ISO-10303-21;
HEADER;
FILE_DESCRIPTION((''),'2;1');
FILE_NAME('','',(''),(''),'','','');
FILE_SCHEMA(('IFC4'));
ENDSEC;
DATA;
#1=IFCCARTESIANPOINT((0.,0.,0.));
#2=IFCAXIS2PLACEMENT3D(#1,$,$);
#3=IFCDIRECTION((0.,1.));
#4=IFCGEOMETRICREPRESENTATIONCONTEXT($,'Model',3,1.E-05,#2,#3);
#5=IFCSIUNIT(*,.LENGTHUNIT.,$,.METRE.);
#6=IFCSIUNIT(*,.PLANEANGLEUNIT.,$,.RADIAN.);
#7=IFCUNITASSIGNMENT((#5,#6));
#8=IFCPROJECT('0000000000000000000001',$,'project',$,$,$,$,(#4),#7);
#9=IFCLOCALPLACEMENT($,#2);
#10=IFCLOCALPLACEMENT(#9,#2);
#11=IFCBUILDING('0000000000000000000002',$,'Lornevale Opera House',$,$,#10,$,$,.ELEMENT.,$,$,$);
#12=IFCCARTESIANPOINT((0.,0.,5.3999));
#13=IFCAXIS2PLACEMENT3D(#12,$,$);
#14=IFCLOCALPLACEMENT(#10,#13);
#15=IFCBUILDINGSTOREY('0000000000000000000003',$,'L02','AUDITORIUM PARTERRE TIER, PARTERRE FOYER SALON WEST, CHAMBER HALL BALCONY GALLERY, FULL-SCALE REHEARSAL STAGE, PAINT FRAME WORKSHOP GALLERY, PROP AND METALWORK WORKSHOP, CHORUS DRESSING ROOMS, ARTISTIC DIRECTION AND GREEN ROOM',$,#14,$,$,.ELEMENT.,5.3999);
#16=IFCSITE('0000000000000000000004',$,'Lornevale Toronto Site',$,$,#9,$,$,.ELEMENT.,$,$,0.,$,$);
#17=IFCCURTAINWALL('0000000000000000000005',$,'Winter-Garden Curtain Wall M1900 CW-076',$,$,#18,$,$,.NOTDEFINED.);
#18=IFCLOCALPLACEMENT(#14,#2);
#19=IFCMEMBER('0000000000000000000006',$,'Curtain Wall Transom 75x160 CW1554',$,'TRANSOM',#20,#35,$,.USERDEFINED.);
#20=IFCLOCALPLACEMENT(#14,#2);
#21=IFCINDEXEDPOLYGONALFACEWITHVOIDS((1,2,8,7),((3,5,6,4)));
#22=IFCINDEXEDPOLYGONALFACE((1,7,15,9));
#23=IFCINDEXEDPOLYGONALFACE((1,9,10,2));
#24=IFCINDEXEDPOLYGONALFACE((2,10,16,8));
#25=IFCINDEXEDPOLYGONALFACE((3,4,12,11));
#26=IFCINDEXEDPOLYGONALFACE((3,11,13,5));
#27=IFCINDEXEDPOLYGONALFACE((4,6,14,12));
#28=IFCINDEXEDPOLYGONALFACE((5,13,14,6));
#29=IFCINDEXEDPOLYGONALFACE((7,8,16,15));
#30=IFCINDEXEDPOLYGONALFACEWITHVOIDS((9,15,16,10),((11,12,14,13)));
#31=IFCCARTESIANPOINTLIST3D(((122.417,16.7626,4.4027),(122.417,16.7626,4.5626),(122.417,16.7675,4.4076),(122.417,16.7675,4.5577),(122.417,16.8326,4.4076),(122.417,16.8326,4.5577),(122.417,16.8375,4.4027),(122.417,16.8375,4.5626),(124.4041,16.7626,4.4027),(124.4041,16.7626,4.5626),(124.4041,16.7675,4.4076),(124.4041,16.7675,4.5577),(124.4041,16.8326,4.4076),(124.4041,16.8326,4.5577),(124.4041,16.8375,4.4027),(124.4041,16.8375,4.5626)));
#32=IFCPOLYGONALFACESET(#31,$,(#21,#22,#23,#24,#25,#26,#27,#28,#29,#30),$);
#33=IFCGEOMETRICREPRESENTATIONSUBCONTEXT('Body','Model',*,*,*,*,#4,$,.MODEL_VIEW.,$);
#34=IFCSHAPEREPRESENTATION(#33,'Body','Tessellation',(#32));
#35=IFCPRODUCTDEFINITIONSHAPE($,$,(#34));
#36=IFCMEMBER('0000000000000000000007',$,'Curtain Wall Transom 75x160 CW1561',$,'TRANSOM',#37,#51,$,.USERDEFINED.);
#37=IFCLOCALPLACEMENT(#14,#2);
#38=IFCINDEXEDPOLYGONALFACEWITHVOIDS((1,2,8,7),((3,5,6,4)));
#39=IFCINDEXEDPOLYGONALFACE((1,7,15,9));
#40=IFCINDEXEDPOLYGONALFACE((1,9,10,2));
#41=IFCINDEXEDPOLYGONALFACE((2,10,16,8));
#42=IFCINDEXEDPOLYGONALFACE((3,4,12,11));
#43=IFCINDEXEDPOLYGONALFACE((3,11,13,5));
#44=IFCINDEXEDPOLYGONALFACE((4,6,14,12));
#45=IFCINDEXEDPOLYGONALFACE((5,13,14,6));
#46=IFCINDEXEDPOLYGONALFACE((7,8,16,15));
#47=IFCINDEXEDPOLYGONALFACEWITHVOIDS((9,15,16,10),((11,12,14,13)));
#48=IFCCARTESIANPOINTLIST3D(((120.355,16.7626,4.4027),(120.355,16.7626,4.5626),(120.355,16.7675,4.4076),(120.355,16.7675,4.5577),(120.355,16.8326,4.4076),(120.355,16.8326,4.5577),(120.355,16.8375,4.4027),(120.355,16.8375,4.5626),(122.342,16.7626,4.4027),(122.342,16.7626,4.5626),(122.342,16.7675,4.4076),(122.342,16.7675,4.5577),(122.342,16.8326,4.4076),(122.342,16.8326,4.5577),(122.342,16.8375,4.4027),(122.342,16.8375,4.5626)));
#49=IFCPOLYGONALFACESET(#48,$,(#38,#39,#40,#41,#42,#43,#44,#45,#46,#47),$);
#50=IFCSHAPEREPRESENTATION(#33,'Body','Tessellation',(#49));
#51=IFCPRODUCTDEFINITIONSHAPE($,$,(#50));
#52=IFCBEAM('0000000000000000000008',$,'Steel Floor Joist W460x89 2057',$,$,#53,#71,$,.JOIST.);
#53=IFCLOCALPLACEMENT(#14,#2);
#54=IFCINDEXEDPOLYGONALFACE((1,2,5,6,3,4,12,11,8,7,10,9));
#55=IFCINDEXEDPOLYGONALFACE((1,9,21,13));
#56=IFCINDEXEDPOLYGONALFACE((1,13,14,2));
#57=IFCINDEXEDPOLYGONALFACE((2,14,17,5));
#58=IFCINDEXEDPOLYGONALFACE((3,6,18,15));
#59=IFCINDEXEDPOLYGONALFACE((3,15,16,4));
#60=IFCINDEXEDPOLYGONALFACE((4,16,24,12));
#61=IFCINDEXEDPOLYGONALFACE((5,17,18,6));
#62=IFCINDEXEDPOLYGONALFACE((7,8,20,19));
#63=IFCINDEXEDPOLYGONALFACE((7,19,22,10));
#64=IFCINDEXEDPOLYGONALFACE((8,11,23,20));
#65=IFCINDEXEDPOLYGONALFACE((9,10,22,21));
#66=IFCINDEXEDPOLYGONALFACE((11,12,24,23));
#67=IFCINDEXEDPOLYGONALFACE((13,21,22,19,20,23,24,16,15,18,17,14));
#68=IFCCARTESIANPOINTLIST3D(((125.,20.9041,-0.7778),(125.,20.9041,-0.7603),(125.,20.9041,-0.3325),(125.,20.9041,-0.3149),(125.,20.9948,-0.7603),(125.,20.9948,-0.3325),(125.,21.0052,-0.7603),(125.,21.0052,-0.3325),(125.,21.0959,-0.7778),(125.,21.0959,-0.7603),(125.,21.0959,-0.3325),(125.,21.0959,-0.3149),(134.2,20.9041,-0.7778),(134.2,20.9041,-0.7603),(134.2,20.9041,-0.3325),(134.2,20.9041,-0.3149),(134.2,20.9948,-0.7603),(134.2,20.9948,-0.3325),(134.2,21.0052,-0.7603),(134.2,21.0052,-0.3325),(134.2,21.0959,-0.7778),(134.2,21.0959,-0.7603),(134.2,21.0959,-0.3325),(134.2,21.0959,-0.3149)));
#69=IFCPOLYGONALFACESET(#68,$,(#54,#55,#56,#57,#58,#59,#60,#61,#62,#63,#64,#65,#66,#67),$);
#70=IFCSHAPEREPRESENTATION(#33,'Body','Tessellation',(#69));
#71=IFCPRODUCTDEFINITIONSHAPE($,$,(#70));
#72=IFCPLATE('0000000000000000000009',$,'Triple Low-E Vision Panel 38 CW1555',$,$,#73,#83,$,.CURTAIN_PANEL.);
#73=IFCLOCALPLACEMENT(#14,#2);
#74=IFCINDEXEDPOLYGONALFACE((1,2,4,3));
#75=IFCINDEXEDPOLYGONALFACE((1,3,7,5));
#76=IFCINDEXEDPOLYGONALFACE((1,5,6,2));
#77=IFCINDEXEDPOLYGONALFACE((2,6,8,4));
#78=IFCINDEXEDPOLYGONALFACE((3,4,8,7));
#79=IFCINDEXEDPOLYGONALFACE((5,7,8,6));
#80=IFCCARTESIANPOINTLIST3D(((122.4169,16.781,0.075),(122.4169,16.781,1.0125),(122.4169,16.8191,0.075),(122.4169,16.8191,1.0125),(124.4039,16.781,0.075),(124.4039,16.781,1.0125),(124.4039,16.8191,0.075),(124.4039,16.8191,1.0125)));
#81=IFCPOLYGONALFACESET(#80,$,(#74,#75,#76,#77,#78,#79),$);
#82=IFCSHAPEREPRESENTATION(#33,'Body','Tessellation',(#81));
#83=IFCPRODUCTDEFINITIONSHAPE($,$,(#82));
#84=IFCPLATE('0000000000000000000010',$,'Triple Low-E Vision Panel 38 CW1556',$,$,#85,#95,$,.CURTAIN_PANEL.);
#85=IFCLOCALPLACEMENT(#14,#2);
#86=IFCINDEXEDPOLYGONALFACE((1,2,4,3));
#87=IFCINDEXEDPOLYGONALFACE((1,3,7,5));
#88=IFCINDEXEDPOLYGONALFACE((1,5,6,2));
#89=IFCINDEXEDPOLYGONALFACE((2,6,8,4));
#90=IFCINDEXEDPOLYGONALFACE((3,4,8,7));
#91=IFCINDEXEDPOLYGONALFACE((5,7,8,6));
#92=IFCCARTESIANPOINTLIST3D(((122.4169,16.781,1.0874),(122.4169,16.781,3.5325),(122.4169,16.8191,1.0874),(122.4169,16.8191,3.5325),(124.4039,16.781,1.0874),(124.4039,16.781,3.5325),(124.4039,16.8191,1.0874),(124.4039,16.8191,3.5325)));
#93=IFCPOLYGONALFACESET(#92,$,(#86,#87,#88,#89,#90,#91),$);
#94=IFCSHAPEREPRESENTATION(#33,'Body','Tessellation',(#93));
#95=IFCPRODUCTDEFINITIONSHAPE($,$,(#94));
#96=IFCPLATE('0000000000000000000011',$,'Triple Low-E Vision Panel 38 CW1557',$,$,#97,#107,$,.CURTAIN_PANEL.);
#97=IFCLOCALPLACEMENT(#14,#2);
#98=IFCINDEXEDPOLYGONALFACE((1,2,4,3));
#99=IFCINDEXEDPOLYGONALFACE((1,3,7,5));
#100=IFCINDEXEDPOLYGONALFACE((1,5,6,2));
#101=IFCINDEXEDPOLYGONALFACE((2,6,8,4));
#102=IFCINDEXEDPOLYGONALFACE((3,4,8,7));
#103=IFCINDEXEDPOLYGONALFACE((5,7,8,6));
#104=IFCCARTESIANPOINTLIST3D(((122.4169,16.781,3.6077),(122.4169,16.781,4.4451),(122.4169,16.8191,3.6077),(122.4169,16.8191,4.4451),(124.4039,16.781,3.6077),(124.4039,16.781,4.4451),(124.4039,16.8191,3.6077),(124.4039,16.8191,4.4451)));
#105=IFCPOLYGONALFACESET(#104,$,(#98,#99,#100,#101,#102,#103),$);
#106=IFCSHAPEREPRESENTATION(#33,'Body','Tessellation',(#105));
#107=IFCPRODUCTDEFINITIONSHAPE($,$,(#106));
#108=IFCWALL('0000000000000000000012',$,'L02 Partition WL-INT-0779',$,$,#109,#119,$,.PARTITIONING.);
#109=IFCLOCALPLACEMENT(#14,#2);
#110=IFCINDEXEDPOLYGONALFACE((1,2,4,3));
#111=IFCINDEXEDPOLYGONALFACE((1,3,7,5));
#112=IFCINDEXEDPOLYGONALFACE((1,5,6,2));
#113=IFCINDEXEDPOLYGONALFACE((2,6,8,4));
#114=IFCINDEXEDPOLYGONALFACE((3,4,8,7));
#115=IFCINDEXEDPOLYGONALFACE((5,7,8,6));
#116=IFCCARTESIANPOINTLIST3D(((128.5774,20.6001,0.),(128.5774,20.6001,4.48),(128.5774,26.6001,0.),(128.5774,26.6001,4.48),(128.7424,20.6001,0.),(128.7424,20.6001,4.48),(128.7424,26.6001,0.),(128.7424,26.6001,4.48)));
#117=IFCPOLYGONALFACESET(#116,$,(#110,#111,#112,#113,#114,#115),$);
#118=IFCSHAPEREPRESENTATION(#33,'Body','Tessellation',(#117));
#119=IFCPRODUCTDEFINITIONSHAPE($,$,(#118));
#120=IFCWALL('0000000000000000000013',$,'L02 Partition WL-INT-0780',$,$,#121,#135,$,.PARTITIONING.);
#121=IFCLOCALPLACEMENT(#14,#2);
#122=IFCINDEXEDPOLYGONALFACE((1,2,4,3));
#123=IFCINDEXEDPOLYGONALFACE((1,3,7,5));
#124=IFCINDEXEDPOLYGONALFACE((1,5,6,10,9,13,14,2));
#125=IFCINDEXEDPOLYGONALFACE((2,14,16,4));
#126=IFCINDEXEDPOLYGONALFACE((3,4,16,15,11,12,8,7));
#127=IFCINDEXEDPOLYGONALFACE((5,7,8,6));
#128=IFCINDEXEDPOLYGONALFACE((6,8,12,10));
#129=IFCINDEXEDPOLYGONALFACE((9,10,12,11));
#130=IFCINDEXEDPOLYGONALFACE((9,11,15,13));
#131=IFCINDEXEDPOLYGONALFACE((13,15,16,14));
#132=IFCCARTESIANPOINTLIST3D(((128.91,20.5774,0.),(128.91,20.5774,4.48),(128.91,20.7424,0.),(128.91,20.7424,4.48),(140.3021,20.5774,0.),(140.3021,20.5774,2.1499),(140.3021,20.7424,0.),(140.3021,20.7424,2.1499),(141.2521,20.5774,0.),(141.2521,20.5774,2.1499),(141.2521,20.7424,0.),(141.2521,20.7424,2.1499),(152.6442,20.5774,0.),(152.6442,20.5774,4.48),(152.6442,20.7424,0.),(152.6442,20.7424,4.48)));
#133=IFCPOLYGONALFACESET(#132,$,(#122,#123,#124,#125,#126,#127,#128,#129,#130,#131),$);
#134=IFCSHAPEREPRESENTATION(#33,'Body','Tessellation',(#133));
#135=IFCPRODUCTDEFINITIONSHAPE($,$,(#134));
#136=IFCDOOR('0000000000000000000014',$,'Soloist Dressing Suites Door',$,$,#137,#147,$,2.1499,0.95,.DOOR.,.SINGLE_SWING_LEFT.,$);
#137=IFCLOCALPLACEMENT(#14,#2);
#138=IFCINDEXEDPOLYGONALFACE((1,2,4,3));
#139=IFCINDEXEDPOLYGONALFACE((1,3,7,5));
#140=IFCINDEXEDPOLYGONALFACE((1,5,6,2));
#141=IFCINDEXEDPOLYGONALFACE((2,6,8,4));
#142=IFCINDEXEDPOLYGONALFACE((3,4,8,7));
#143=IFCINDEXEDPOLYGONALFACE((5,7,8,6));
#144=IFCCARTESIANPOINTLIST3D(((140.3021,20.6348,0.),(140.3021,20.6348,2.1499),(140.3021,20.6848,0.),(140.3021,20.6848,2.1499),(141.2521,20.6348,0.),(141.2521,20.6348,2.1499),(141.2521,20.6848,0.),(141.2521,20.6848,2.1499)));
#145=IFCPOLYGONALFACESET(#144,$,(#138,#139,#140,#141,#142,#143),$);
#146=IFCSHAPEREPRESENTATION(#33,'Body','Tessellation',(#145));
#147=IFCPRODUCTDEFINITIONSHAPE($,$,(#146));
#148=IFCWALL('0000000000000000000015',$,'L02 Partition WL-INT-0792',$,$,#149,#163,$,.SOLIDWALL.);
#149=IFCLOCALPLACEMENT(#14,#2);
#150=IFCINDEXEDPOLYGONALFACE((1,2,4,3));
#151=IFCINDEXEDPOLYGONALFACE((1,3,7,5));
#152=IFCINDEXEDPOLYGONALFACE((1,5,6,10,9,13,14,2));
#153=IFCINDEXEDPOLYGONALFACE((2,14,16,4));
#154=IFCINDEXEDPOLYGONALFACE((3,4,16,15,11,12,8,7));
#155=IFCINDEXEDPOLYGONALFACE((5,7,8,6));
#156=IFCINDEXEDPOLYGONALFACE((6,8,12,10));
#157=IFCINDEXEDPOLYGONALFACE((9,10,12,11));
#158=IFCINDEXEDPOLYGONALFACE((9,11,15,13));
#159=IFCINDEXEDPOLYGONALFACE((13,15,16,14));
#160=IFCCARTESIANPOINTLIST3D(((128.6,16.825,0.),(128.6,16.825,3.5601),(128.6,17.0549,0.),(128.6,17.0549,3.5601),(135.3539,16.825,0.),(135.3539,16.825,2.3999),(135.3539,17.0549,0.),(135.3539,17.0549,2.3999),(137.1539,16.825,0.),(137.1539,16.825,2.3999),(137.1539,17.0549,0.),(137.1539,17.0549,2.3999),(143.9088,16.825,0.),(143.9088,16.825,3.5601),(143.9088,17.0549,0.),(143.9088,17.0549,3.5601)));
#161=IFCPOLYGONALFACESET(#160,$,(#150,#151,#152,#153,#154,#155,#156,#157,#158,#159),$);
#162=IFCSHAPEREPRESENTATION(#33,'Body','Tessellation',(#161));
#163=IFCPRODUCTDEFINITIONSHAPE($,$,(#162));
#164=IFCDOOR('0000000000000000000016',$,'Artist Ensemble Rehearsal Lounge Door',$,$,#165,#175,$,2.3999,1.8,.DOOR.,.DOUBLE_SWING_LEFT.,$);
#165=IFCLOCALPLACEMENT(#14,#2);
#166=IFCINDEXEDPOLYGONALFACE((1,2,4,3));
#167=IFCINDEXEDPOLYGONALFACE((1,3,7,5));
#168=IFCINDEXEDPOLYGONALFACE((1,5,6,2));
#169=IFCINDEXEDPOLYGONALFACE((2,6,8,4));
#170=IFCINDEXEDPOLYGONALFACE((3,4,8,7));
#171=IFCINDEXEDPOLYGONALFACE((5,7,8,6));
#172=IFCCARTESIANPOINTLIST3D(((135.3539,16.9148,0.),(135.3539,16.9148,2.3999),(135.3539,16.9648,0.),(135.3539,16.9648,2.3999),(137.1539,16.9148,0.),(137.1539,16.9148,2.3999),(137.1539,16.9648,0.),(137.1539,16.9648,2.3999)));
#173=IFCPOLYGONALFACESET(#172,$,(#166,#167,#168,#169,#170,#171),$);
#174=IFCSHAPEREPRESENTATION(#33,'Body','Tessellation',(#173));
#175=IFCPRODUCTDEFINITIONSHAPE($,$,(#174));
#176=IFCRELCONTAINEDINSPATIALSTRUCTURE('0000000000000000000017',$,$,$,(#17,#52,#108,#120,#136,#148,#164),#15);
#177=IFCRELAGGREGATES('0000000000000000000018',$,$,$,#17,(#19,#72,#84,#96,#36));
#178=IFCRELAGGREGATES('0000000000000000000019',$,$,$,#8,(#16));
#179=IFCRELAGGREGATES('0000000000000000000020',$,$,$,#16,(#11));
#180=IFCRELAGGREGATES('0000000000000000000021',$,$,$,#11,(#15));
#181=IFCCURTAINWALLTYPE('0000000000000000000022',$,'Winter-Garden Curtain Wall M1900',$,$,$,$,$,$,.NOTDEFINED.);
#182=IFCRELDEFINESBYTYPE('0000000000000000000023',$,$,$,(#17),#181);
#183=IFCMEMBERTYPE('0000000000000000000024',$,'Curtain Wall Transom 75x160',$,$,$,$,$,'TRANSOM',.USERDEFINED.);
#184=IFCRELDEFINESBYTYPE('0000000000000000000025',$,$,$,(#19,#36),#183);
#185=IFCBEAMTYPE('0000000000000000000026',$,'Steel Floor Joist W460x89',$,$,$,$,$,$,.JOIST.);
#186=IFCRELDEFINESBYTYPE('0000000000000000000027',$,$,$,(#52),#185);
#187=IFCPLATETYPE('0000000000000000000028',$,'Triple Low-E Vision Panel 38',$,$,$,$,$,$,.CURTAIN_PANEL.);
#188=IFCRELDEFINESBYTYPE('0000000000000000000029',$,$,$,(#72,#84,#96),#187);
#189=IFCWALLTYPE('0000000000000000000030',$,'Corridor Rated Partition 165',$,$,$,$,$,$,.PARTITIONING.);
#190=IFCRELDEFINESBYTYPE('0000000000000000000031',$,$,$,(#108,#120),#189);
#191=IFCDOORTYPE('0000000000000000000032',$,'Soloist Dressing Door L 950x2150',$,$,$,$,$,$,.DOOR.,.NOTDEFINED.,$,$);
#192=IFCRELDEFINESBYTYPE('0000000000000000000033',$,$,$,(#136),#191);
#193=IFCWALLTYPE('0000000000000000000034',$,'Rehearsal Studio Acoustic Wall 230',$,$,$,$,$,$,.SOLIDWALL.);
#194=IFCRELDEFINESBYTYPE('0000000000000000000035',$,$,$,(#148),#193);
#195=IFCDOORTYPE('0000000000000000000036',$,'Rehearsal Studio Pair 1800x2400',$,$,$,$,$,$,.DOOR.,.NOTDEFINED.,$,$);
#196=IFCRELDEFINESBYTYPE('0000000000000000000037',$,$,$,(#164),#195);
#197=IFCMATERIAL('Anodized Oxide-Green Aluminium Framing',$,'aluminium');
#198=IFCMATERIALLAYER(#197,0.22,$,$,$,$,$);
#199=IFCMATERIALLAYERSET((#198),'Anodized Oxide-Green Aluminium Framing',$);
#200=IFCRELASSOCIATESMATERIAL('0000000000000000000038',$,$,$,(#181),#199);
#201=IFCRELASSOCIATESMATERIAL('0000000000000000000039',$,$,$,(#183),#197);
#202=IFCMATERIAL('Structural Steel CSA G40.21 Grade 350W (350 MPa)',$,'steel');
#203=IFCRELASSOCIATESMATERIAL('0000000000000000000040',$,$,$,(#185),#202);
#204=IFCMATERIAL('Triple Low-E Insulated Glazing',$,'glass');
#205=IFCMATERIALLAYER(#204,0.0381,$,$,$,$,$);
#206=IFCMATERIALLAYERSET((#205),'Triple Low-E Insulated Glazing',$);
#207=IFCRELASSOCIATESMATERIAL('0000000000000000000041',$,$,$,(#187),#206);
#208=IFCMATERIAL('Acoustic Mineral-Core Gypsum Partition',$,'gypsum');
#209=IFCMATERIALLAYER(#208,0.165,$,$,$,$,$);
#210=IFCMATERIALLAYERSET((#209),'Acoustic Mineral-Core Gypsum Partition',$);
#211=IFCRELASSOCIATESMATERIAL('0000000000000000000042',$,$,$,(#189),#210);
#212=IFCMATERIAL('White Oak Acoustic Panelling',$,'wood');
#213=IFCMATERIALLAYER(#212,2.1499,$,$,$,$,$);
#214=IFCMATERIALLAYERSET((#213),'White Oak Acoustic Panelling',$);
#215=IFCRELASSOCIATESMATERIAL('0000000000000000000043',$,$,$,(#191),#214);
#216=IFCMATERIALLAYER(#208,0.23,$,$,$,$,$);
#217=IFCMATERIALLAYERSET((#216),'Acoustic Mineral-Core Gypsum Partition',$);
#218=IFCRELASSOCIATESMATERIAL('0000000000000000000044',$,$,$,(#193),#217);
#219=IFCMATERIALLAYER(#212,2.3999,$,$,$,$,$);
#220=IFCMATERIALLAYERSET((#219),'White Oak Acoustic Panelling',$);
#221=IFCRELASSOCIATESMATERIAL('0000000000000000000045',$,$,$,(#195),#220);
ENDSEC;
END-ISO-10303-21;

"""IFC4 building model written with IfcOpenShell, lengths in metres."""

from ifc_helpers import new_model, si_unit, direction, frame, frame_2d, origin, origin_2d, place, context, subcontext, project, spatial, rectangle, hollow_rectangle, i_section, extrude, material, layer, layer_set, material_profile, profile_set, type_object, element, fill, aggregate, save


model = new_model("IFC4")

# Units and contexts
model_context = context("Model", 3, precision=1e-05, world=origin(), true_north=direction((0.0, 1.0)))
body_context = subcontext(model_context, "Body", "Model", "MODEL_VIEW")
ifc_project = project(units=[si_unit("LENGTHUNIT", "METRE"), si_unit("PLANEANGLEUNIT", "RADIAN")], contexts=[model_context])

# Site, building, storey
site_placement = place(None, origin())
site = spatial("IfcSite", under=ifc_project, at=site_placement, Name="Lornevale Toronto Site", CompositionType="ELEMENT", RefElevation=0.0)
building_placement = place(site_placement, origin())
building = spatial("IfcBuilding", under=site, at=building_placement, Name="Lornevale Opera House", CompositionType="ELEMENT")
storey_placement = place(building_placement, frame((0.0, 0.0, 5.3999)))
storey = spatial("IfcBuildingStorey", under=building, at=storey_placement, Name="L02", Description="AUDITORIUM PARTERRE TIER, PARTERRE FOYER SALON WEST, CHAMBER HALL BALCONY GALLERY, FULL-SCALE REHEARSAL STAGE, PAINT FRAME WORKSHOP GALLERY, PROP AND METALWORK WORKSHOP, CHORUS DRESSING ROOMS, ARTISTIC DIRECTION AND GREEN ROOM", CompositionType="ELEMENT", Elevation=5.3999)

# Curtain wall, members
ifc_material_1 = material(Name="Anodized Oxide-Green Aluminium Framing", Category="aluminium")
ifc_layer_1 = layer(ifc_material_1, 0.22)
ifc_layer_set_1 = layer_set([ifc_layer_1], Name="Anodized Oxide-Green Aluminium Framing")
curtain_wall_type = type_object("IfcCurtainWallType", Name="Winter-Garden Curtain Wall M1900", PredefinedType="NOTDEFINED", material=ifc_layer_set_1)
curtain_wall_placement = place(storey_placement, origin())
curtain_wall = element("IfcCurtainWall", 1, at=curtain_wall_placement, inside=storey, type_object=curtain_wall_type, Name="Winter-Garden Curtain Wall M1900 CW-076", PredefinedType="NOTDEFINED")
ifc_material_profile_1 = material_profile(ifc_material_1, hollow_rectangle(XDim=0.075, YDim=0.1599, WallThickness=0.0049, at=origin_2d()), Name="ALU75x160x5")
ifc_profile_set_1 = profile_set([ifc_material_profile_1], Name="Anodized Oxide-Green Aluminium Framing")
member_type_1 = type_object("IfcMemberType", Name="Curtain Wall Transom 75x160", ElementType="TRANSOM", PredefinedType="USERDEFINED", material=ifc_profile_set_1)
member_1_placement = place(storey_placement, frame((124.4041, 16.8, 4.4827), z_axis=(-1.0, 0.0, 0.0), x_axis=(0.0, -1.0, 0.0)))
member_1 = element("IfcMember", 2, at=member_1_placement, type_object=member_type_1, Name="Curtain Wall Transom 75x160 CW1554", ObjectType="TRANSOM", PredefinedType="USERDEFINED", context=body_context, shape_type="SweptSolid", body=[
    extrude(hollow_rectangle(XDim=0.075, YDim=0.1599, WallThickness=0.0049, at=origin_2d()), origin(), (0.0, 0.0, 1.0), 1.9871),
])
member_2_placement = place(storey_placement, frame((122.342, 16.8, 4.4827), z_axis=(-1.0, 0.0, 0.0), x_axis=(0.0, -1.0, 0.0)))
member_2 = element("IfcMember", 3, at=member_2_placement, type_object=member_type_1, Name="Curtain Wall Transom 75x160 CW1561", ObjectType="TRANSOM", PredefinedType="USERDEFINED", context=body_context, shape_type="SweptSolid", body=[
    extrude(hollow_rectangle(XDim=0.075, YDim=0.1599, WallThickness=0.0049, at=origin_2d()), origin(), (0.0, 0.0, 1.0), 1.9871),
])

# Beam
ifc_material_2 = material(Name="Structural Steel CSA G40.21 Grade 350W (350 MPa)", Category="steel")
ifc_material_profile_2 = material_profile(ifc_material_2, i_section(OverallWidth=0.1919, OverallDepth=0.4629, WebThickness=0.0105, FlangeThickness=0.0176, at=origin_2d()), Name="W460x89")
ifc_profile_set_2 = profile_set([ifc_material_profile_2], Name="Structural Steel CSA G40.21 Grade 350W (350 MPa)")
beam_type_1 = type_object("IfcBeamType", Name="Steel Floor Joist W460x89", PredefinedType="JOIST", material=ifc_profile_set_2)
beam_1_placement = place(storey_placement, frame((125.0, 21.0, -0.5464), z_axis=(1.0, 0.0, 0.0), x_axis=(0.0, 1.0, 0.0)))
element("IfcBeam", 4, at=beam_1_placement, inside=storey, type_object=beam_type_1, Name="Steel Floor Joist W460x89 2057", PredefinedType="JOIST", context=body_context, shape_type="SweptSolid", body=[
    extrude(i_section(OverallWidth=0.1919, OverallDepth=0.4629, WebThickness=0.0105, FlangeThickness=0.0176, at=origin_2d()), origin(), (0.0, 0.0, 1.0), 9.2),
])

# Plates
ifc_material_3 = material(Name="Triple Low-E Insulated Glazing", Category="glass")
ifc_layer_2 = layer(ifc_material_3, 0.0381)
ifc_layer_set_2 = layer_set([ifc_layer_2], Name="Triple Low-E Insulated Glazing")
plate_type = type_object("IfcPlateType", Name="Triple Low-E Vision Panel 38", PredefinedType="CURTAIN_PANEL", material=ifc_layer_set_2)
plate_1_placement = place(storey_placement, frame((123.4104, 16.8, 0.075), z_axis=(0.0, 0.0, 1.0), x_axis=(-1.0, 0.0, 0.0)))
plate_1 = element("IfcPlate", 5, at=plate_1_placement, type_object=plate_type, Name="Triple Low-E Vision Panel 38 CW1555", PredefinedType="CURTAIN_PANEL", context=body_context, shape_type="SweptSolid", body=[
    extrude(rectangle(XDim=1.9871, YDim=0.0381, at=origin_2d()), origin(), (0.0, 0.0, 1.0), 0.9375),
])
plate_2_placement = place(storey_placement, frame((123.4104, 16.8, 1.0874), z_axis=(0.0, 0.0, 1.0), x_axis=(-1.0, 0.0, 0.0)))
plate_2 = element("IfcPlate", 6, at=plate_2_placement, type_object=plate_type, Name="Triple Low-E Vision Panel 38 CW1556", PredefinedType="CURTAIN_PANEL", context=body_context, shape_type="SweptSolid", body=[
    extrude(rectangle(XDim=1.9871, YDim=0.0381, at=origin_2d()), origin(), (0.0, 0.0, 1.0), 2.4451),
])
plate_3_placement = place(storey_placement, frame((123.4104, 16.8, 3.6077), z_axis=(0.0, 0.0, 1.0), x_axis=(-1.0, 0.0, 0.0)))
plate_3 = element("IfcPlate", 7, at=plate_3_placement, type_object=plate_type, Name="Triple Low-E Vision Panel 38 CW1557", PredefinedType="CURTAIN_PANEL", context=body_context, shape_type="SweptSolid", body=[
    extrude(rectangle(XDim=1.9871, YDim=0.0381, at=origin_2d()), origin(), (0.0, 0.0, 1.0), 0.8374),
])
aggregate(curtain_wall, [member_1, plate_1, plate_2, plate_3, member_2])

# Wall
ifc_material_4 = material(Name="Acoustic Mineral-Core Gypsum Partition", Category="gypsum")
ifc_layer_3 = layer(ifc_material_4, 0.165)
ifc_layer_set_3 = layer_set([ifc_layer_3], Name="Acoustic Mineral-Core Gypsum Partition")
wall_type_1 = type_object("IfcWallType", Name="Corridor Rated Partition 165", PredefinedType="PARTITIONING", material=ifc_layer_set_3)
wall_1_placement = place(storey_placement, frame((128.6599, 20.6001, 0.0), z_axis=(0.0, 0.0, 1.0), x_axis=(0.0, 1.0, 0.0)))
element("IfcWall", 8, at=wall_1_placement, inside=storey, type_object=wall_type_1, Name="L02 Partition WL-INT-0779", PredefinedType="PARTITIONING", context=body_context, shape_type="SweptSolid", body=[
    extrude(rectangle(XDim=6.0, YDim=0.165, at=frame_2d((3.0, 0.0))), origin(), (0.0, 0.0, 1.0), 4.48),
])

# Walls, openings, doors
wall_2_placement = place(storey_placement, frame((128.9099, 20.6599, 0.0), z_axis=(0.0, 0.0, 1.0), x_axis=(1.0, 0.0, 0.0)))
wall_2 = element("IfcWall", 9, at=wall_2_placement, inside=storey, type_object=wall_type_1, Name="L02 Partition WL-INT-0780", PredefinedType="PARTITIONING", context=body_context, shape_type="SweptSolid", body=[
    extrude(rectangle(XDim=23.7341, YDim=0.165, at=frame_2d((11.8672, 0.0))), origin(), (0.0, 0.0, 1.0), 4.48),
])
opening_1_placement = place(wall_2_placement, frame((11.3921, 0.0, 0.0)))
opening_1 = element("IfcOpeningElement", 10, at=opening_1_placement, cuts=wall_2, PredefinedType="OPENING", context=body_context, shape_type="SweptSolid", body=[
    extrude(rectangle(XDim=0.95, YDim=2.1499, at=frame_2d((0.4751, 1.075))), frame((0.0, 0.0925, 0.0), z_axis=(0.0, -1.0, 0.0), x_axis=(1.0, 0.0, 0.0)), (0.0, 0.0, 1.0), 0.1851),
])
ifc_material_5 = material(Name="White Oak Acoustic Panelling", Category="wood")
ifc_layer_4 = layer(ifc_material_5, 2.1499)
ifc_layer_set_4 = layer_set([ifc_layer_4], Name="White Oak Acoustic Panelling")
door_type_1 = type_object("IfcDoorType", Name="Soloist Dressing Door L 950x2150", OperationType="NOTDEFINED", PredefinedType="DOOR", material=ifc_layer_set_4)
door_1_placement = place(opening_1_placement, origin())
door_1 = element("IfcDoor", 11, at=door_1_placement, inside=storey, type_object=door_type_1, Name="Soloist Dressing Suites Door", OperationType="SINGLE_SWING_LEFT", OverallHeight=2.1499, OverallWidth=0.95, PredefinedType="DOOR", context=body_context, shape_type="SweptSolid", body=[
    extrude(rectangle(XDim=0.95, YDim=2.1499, at=frame_2d((0.4751, 1.075))), frame((0.0, 0.0249, 0.0), z_axis=(0.0, -1.0, 0.0), x_axis=(1.0, 0.0, 0.0)), (0.0, 0.0, 1.0), 0.05),
])
fill(opening_1, door_1)
ifc_layer_5 = layer(ifc_material_4, 0.23)
ifc_layer_set_5 = layer_set([ifc_layer_5], Name="Acoustic Mineral-Core Gypsum Partition")
wall_type_2 = type_object("IfcWallType", Name="Rehearsal Studio Acoustic Wall 230", PredefinedType="SOLIDWALL", material=ifc_layer_set_5)
wall_3_placement = place(storey_placement, frame((128.6001, 16.9399, 0.0), z_axis=(0.0, 0.0, 1.0), x_axis=(1.0, 0.0, 0.0)))
wall_3 = element("IfcWall", 12, at=wall_3_placement, inside=storey, type_object=wall_type_2, Name="L02 Partition WL-INT-0792", PredefinedType="SOLIDWALL", context=body_context, shape_type="SweptSolid", body=[
    extrude(rectangle(XDim=15.3088, YDim=0.23, at=frame_2d((7.6543, 0.0))), origin(), (0.0, 0.0, 1.0), 3.5601),
])
opening_2_placement = place(wall_3_placement, frame((6.7539, 0.0, 0.0)))
opening_2 = element("IfcOpeningElement", 13, at=opening_2_placement, cuts=wall_3, PredefinedType="OPENING", context=body_context, shape_type="SweptSolid", body=[
    extrude(rectangle(XDim=1.8, YDim=2.3999, at=frame_2d((0.8999, 1.2))), frame((0.0, 0.125, 0.0), z_axis=(0.0, -1.0, 0.0), x_axis=(1.0, 0.0, 0.0)), (0.0, 0.0, 1.0), 0.25),
])
ifc_layer_6 = layer(ifc_material_5, 2.3999)
ifc_layer_set_6 = layer_set([ifc_layer_6], Name="White Oak Acoustic Panelling")
door_type_2 = type_object("IfcDoorType", Name="Rehearsal Studio Pair 1800x2400", OperationType="NOTDEFINED", PredefinedType="DOOR", material=ifc_layer_set_6)
door_2_placement = place(opening_2_placement, origin())
door_2 = element("IfcDoor", 14, at=door_2_placement, inside=storey, type_object=door_type_2, Name="Artist Ensemble Rehearsal Lounge Door", OperationType="DOUBLE_SWING_LEFT", OverallHeight=2.3999, OverallWidth=1.8, PredefinedType="DOOR", context=body_context, shape_type="SweptSolid", body=[
    extrude(rectangle(XDim=1.8, YDim=2.3999, at=frame_2d((0.8999, 1.2))), frame((0.0, 0.0249, 0.0), z_axis=(0.0, -1.0, 0.0), x_axis=(1.0, 0.0, 0.0)), (0.0, 0.0, 1.0), 0.05),
])
fill(opening_2, door_2)

save(model, "model.ifc")
